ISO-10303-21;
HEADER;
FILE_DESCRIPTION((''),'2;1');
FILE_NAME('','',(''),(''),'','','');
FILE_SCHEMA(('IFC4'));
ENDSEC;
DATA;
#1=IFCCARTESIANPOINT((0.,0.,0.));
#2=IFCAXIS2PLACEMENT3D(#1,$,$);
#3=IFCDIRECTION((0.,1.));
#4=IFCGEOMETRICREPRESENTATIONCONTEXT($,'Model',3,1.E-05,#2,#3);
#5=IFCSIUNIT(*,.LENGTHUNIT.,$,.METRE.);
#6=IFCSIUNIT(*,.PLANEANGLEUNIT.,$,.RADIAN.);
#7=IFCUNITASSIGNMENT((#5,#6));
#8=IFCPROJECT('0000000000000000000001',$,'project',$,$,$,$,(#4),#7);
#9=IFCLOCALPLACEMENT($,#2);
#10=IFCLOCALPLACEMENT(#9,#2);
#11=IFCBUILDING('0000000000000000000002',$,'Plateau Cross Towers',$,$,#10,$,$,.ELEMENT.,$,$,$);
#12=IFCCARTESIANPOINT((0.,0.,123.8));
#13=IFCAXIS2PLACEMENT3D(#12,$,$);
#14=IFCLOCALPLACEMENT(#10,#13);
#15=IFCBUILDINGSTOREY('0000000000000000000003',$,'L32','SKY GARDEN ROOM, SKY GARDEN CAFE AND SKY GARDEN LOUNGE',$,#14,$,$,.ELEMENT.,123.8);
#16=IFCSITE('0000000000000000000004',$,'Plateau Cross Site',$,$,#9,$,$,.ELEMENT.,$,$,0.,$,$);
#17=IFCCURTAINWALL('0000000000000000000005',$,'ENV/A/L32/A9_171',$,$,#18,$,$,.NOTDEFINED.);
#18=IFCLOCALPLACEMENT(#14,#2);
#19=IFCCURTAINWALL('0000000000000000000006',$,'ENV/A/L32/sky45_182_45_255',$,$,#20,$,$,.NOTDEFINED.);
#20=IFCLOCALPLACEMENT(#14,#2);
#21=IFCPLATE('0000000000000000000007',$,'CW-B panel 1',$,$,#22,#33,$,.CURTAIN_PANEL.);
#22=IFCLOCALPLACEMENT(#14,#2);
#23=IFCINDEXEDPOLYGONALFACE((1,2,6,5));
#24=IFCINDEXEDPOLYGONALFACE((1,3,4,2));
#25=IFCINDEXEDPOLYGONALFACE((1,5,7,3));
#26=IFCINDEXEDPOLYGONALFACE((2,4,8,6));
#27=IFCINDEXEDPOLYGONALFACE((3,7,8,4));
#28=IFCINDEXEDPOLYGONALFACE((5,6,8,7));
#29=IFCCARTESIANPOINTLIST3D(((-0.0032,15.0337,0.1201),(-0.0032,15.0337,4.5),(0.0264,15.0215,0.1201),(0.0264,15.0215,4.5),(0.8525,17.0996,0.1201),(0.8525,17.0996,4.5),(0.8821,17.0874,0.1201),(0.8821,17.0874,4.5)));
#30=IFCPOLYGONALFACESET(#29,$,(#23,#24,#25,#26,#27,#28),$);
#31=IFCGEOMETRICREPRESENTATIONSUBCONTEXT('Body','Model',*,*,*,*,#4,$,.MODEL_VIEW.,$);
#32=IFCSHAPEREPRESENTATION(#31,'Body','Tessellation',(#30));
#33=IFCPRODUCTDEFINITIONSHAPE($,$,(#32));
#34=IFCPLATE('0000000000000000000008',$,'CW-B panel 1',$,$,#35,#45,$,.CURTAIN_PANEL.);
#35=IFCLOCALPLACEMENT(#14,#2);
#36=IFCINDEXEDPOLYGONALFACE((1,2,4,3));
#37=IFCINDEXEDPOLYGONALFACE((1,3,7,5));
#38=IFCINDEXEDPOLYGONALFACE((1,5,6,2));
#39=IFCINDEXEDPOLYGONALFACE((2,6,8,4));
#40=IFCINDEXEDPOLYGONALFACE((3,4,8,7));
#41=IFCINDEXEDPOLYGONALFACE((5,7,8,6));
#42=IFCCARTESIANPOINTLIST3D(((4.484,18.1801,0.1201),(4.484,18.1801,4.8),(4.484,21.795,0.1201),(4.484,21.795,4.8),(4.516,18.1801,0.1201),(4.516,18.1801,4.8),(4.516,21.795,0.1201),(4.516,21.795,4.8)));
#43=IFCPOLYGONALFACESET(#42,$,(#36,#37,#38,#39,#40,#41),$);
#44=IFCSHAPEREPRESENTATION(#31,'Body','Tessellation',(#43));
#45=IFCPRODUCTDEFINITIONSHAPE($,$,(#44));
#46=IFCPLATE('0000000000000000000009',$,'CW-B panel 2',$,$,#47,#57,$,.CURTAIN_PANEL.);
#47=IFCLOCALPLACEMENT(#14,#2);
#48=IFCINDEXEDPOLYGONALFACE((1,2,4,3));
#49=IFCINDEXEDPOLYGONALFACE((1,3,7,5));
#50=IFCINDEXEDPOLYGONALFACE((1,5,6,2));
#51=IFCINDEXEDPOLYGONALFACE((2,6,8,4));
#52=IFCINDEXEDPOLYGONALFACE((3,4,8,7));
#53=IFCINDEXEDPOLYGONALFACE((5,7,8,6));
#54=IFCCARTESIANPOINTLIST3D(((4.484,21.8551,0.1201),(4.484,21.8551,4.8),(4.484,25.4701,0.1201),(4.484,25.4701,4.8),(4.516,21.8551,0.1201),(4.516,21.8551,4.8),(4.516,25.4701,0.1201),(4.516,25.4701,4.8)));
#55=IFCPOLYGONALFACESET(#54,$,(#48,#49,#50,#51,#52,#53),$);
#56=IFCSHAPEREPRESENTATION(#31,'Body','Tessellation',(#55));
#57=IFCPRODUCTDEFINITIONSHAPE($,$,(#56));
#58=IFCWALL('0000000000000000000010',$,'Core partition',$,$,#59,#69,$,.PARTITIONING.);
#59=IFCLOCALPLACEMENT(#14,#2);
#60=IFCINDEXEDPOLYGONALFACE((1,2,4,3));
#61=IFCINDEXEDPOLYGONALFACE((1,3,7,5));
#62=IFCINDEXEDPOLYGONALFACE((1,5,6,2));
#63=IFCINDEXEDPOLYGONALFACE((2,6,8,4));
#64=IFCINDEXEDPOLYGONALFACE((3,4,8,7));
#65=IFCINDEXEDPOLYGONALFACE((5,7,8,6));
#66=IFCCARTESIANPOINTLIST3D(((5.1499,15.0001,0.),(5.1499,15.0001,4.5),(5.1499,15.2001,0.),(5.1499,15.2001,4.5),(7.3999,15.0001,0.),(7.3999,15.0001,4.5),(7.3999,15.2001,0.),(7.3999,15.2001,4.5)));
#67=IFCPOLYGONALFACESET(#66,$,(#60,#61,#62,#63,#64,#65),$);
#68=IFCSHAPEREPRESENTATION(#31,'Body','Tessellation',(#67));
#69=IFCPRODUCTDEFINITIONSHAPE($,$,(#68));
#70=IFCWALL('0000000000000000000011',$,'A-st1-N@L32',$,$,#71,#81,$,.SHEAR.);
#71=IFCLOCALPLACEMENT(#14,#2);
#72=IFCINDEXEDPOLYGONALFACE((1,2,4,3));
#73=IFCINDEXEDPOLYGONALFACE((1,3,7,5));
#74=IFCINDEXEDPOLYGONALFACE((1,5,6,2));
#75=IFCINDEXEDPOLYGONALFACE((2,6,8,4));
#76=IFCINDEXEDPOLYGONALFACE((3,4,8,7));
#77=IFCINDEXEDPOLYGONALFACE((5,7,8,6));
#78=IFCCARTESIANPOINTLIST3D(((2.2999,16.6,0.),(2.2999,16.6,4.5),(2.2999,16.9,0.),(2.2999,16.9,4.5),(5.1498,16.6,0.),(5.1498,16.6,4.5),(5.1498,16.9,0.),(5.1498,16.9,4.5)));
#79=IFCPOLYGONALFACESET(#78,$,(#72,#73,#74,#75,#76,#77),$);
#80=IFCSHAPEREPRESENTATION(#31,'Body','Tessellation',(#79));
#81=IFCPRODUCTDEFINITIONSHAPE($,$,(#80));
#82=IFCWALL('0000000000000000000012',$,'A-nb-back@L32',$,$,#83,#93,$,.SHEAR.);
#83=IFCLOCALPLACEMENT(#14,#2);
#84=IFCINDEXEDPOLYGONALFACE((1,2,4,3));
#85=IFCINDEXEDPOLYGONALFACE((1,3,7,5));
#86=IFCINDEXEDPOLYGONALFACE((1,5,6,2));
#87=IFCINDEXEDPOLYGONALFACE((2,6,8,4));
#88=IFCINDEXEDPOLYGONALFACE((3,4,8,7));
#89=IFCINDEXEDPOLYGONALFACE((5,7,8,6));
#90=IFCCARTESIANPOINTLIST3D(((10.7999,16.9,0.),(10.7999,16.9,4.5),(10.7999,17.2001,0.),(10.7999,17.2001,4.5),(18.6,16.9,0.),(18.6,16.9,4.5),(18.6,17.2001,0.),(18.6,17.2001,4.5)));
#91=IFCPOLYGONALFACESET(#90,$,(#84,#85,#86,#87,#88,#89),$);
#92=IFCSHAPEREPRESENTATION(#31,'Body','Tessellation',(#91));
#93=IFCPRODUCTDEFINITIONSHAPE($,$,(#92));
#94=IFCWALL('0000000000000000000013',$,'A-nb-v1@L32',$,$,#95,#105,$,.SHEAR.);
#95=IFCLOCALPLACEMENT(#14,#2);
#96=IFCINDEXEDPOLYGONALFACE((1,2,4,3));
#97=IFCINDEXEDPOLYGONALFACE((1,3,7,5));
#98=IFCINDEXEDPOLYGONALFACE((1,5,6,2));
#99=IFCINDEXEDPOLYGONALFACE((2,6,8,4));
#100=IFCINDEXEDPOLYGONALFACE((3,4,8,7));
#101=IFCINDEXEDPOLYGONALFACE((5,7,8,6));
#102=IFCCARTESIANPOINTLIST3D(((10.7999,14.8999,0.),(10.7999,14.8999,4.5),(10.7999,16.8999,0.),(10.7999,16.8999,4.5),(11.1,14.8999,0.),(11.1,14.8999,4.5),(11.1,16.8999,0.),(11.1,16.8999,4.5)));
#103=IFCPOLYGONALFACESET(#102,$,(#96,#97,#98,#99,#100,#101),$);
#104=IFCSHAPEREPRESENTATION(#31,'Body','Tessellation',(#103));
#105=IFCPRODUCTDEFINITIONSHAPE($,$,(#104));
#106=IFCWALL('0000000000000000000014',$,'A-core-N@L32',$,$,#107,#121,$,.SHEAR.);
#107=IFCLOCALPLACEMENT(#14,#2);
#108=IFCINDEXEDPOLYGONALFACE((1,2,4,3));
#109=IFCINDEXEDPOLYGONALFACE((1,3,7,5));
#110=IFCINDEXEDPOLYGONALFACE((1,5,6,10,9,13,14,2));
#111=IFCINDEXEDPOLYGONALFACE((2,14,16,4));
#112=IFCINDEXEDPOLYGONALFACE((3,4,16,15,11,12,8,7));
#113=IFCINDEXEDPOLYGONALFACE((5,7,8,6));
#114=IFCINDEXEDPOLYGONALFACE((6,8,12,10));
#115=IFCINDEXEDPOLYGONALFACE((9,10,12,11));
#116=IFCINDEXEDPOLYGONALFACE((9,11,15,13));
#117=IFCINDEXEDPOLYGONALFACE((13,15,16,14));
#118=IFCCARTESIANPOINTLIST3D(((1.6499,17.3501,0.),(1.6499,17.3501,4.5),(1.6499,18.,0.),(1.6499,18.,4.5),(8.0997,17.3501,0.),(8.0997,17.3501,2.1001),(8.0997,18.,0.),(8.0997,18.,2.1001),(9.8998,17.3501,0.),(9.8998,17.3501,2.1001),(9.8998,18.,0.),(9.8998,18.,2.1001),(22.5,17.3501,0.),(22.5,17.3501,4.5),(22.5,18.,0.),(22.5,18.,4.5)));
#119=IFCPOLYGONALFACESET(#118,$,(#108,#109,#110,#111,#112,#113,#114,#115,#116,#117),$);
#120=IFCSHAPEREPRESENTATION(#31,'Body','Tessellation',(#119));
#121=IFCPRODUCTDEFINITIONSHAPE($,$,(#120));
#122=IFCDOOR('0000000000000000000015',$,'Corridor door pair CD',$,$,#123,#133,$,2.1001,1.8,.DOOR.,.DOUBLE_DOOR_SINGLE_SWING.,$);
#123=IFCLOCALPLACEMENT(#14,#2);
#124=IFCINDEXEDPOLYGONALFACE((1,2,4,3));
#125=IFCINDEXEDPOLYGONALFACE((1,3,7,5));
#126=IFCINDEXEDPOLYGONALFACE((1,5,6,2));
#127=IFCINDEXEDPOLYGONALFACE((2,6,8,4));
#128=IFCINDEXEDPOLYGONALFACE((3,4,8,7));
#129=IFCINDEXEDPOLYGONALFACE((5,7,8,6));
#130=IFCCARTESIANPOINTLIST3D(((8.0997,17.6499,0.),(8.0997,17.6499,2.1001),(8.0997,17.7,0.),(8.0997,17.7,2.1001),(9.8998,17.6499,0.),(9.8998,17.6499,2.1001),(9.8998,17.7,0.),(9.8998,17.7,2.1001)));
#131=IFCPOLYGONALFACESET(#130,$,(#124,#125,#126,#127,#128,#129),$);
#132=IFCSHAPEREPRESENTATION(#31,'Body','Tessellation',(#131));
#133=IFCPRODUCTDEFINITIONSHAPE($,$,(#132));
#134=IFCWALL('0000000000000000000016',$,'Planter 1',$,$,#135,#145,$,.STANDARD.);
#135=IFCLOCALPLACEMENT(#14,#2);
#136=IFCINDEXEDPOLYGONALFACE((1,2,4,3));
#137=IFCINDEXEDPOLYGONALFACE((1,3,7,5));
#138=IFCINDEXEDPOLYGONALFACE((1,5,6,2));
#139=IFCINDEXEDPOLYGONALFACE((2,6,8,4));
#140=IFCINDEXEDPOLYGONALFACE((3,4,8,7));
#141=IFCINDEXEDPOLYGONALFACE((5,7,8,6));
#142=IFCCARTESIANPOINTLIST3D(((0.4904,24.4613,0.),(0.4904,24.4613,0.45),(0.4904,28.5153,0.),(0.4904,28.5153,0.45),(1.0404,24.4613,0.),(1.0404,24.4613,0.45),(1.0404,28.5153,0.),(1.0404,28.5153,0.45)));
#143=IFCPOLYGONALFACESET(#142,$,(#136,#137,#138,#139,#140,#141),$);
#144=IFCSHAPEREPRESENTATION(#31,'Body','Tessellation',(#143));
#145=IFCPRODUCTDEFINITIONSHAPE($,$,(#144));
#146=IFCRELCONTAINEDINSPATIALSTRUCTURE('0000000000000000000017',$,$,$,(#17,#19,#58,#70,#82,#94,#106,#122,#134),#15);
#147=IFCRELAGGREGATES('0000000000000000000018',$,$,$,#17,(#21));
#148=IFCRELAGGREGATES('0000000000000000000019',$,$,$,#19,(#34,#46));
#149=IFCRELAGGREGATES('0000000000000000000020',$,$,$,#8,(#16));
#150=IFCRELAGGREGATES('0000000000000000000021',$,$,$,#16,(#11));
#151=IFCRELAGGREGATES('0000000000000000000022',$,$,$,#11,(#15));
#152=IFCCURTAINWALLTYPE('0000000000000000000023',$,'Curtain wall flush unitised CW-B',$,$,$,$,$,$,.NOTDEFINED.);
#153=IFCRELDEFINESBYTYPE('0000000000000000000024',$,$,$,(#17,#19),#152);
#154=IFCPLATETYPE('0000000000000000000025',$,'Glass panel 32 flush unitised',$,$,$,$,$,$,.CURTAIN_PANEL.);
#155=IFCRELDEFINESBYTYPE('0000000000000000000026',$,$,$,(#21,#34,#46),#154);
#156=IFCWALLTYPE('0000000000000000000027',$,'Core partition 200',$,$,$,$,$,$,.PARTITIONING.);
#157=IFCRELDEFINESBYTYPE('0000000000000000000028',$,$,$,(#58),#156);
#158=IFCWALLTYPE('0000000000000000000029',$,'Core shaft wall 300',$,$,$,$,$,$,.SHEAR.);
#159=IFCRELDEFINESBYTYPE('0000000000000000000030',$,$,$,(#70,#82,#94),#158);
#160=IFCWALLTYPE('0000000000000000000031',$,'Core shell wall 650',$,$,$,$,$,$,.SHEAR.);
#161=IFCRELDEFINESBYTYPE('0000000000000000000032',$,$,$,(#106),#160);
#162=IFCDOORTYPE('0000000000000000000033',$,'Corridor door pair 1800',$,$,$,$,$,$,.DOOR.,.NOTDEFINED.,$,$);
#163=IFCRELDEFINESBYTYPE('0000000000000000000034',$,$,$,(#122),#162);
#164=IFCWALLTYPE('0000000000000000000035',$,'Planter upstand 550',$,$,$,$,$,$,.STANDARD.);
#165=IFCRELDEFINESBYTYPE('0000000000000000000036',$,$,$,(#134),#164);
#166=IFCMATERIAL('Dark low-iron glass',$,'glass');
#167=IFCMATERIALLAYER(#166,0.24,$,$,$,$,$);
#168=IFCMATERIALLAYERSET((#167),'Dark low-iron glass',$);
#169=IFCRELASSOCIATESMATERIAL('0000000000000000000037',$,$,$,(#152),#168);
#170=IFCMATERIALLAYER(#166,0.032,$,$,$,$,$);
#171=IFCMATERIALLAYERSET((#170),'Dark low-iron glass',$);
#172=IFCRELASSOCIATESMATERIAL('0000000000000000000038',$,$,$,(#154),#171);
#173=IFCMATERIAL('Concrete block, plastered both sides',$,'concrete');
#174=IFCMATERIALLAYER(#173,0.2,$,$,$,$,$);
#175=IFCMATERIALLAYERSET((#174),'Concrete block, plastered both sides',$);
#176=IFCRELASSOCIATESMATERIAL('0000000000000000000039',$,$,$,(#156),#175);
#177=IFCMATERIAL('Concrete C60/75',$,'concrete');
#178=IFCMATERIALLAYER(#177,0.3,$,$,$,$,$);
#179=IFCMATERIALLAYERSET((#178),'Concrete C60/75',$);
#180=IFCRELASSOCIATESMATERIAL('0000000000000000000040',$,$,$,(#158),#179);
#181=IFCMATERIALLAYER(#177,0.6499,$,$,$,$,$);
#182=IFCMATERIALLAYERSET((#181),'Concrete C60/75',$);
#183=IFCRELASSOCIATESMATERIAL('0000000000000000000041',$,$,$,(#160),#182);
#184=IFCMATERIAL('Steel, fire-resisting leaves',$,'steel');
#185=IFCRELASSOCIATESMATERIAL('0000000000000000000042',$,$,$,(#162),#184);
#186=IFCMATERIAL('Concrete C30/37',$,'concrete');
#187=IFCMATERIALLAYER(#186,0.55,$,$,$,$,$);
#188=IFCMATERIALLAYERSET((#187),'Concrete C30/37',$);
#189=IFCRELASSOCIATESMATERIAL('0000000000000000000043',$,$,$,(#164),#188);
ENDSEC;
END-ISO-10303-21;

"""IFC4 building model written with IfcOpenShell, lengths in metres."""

from ifc_helpers import new_model, si_unit, direction, frame, frame_2d, origin, origin_2d, place, context, subcontext, project, spatial, rectangle, extrude, material, layer, layer_set, type_object, element, fill, aggregate, save


model = new_model("IFC4")

# Units and contexts
model_context = context("Model", 3, precision=1e-05, world=origin(), true_north=direction((0.0, 1.0)))
body_context = subcontext(model_context, "Body", "Model", "MODEL_VIEW")
ifc_project = project(units=[si_unit("LENGTHUNIT", "METRE"), si_unit("PLANEANGLEUNIT", "RADIAN")], contexts=[model_context])

# Site, building, storey
site_placement = place(None, origin())
site = spatial("IfcSite", under=ifc_project, at=site_placement, Name="Plateau Cross Site", CompositionType="ELEMENT", RefElevation=0.0)
building_placement = place(site_placement, origin())
building = spatial("IfcBuilding", under=site, at=building_placement, Name="Plateau Cross Towers", CompositionType="ELEMENT")
storey_placement = place(building_placement, frame((0.0, 0.0, 123.8)))
storey = spatial("IfcBuildingStorey", under=building, at=storey_placement, Name="L32", Description="SKY GARDEN ROOM, SKY GARDEN CAFE AND SKY GARDEN LOUNGE", CompositionType="ELEMENT", Elevation=123.8)

# Shared definitions
ifc_material_1 = material(Name="Concrete C60/75", Category="concrete")

# Shared definitions
ifc_material_2 = material(Name="Dark low-iron glass", Category="glass")
ifc_layer_1 = layer(ifc_material_2, 0.24)
ifc_layer_set_1 = layer_set([ifc_layer_1], Name="Dark low-iron glass")
curtain_wall_type = type_object("IfcCurtainWallType", Name="Curtain wall flush unitised CW-B", PredefinedType="NOTDEFINED", material=ifc_layer_set_1)

# Curtain wall
curtain_wall_1_placement = place(storey_placement, origin())
curtain_wall_1 = element("IfcCurtainWall", 1, at=curtain_wall_1_placement, inside=storey, type_object=curtain_wall_type, Name="ENV/A/L32/A9_171", PredefinedType="NOTDEFINED")

# Curtain wall
curtain_wall_2_placement = place(storey_placement, origin())
curtain_wall_2 = element("IfcCurtainWall", 2, at=curtain_wall_2_placement, inside=storey, type_object=curtain_wall_type, Name="ENV/A/L32/sky45_182_45_255", PredefinedType="NOTDEFINED")

# Plates
ifc_layer_2 = layer(ifc_material_2, 0.032)
ifc_layer_set_2 = layer_set([ifc_layer_2], Name="Dark low-iron glass")
plate_type = type_object("IfcPlateType", Name="Glass panel 32 flush unitised", PredefinedType="CURTAIN_PANEL", material=ifc_layer_set_2)
plate_1_placement = place(storey_placement, frame((0.4395, 16.0605, 0.1201), z_axis=(0.0, 0.0, 1.0), x_axis=(-0.382684, -0.923879, 0.0)))
plate_1 = element("IfcPlate", 3, at=plate_1_placement, type_object=plate_type, Name="CW-B panel 1", PredefinedType="CURTAIN_PANEL", context=body_context, shape_type="SweptSolid", body=[
    extrude(rectangle(XDim=2.2361, YDim=0.032, at=origin_2d()), origin(), (0.0, 0.0, 1.0), 4.3799),
])
aggregate(curtain_wall_1, [plate_1])
plate_2_placement = place(storey_placement, frame((4.5, 19.9875, 0.1201), z_axis=(0.0, 0.0, 1.0), x_axis=(0.0, 1.0, 0.0)))
plate_2 = element("IfcPlate", 4, at=plate_2_placement, type_object=plate_type, Name="CW-B panel 1", PredefinedType="CURTAIN_PANEL", context=body_context, shape_type="SweptSolid", body=[
    extrude(rectangle(XDim=3.615, YDim=0.032, at=origin_2d()), origin(), (0.0, 0.0, 1.0), 4.6799),
])
plate_3_placement = place(storey_placement, frame((4.5, 23.6626, 0.1201), z_axis=(0.0, 0.0, 1.0), x_axis=(0.0, 1.0, 0.0)))
plate_3 = element("IfcPlate", 5, at=plate_3_placement, type_object=plate_type, Name="CW-B panel 2", PredefinedType="CURTAIN_PANEL", context=body_context, shape_type="SweptSolid", body=[
    extrude(rectangle(XDim=3.615, YDim=0.032, at=origin_2d()), origin(), (0.0, 0.0, 1.0), 4.6799),
])
aggregate(curtain_wall_2, [plate_2, plate_3])

# Walls
ifc_material_3 = material(Name="Concrete block, plastered both sides", Category="concrete")
ifc_layer_3 = layer(ifc_material_3, 0.2)
ifc_layer_set_3 = layer_set([ifc_layer_3], Name="Concrete block, plastered both sides")
wall_type_1 = type_object("IfcWallType", Name="Core partition 200", PredefinedType="PARTITIONING", material=ifc_layer_set_3)
wall_1_placement = place(storey_placement, frame((5.1499, 15.1001, 0.0), z_axis=(0.0, 0.0, 1.0), x_axis=(1.0, 0.0, 0.0)))
element("IfcWall", 6, at=wall_1_placement, inside=storey, type_object=wall_type_1, Name="Core partition", PredefinedType="PARTITIONING", context=body_context, shape_type="SweptSolid", body=[
    extrude(rectangle(XDim=2.25, YDim=0.2, at=frame_2d((1.125, 0.0))), origin(), (0.0, 0.0, 1.0), 4.5),
])
ifc_layer_4 = layer(ifc_material_1, 0.3)
ifc_layer_set_4 = layer_set([ifc_layer_4], Name="Concrete C60/75")
wall_type_2 = type_object("IfcWallType", Name="Core shaft wall 300", PredefinedType="SHEAR", material=ifc_layer_set_4)
wall_2_placement = place(storey_placement, frame((2.3, 16.75, 0.0), z_axis=(0.0, 0.0, 1.0), x_axis=(1.0, 0.0, 0.0)))
element("IfcWall", 7, at=wall_2_placement, inside=storey, type_object=wall_type_2, Name="A-st1-N@L32", PredefinedType="SHEAR", context=body_context, shape_type="SweptSolid", body=[
    extrude(rectangle(XDim=2.8499, YDim=0.3, at=frame_2d((1.4248, 0.0))), origin(), (0.0, 0.0, 1.0), 4.5),
])
wall_3_placement = place(storey_placement, frame((10.8, 17.05, 0.0), z_axis=(0.0, 0.0, 1.0), x_axis=(1.0, 0.0, 0.0)))
element("IfcWall", 8, at=wall_3_placement, inside=storey, type_object=wall_type_2, Name="A-nb-back@L32", PredefinedType="SHEAR", context=body_context, shape_type="SweptSolid", body=[
    extrude(rectangle(XDim=7.8, YDim=0.3, at=frame_2d((3.8999, 0.0))), origin(), (0.0, 0.0, 1.0), 4.5),
])
wall_4_placement = place(storey_placement, frame((10.95, 14.8999, 0.0), z_axis=(0.0, 0.0, 1.0), x_axis=(0.0, 1.0, 0.0)))
element("IfcWall", 9, at=wall_4_placement, inside=storey, type_object=wall_type_2, Name="A-nb-v1@L32", PredefinedType="SHEAR", context=body_context, shape_type="SweptSolid", body=[
    extrude(rectangle(XDim=2.0, YDim=0.3, at=frame_2d((1.0, 0.0))), origin(), (0.0, 0.0, 1.0), 4.5),
])

# Wall, opening, door
ifc_layer_5 = layer(ifc_material_1, 0.6499)
ifc_layer_set_5 = layer_set([ifc_layer_5], Name="Concrete C60/75")
wall_type_3 = type_object("IfcWallType", Name="Core shell wall 650", PredefinedType="SHEAR", material=ifc_layer_set_5)
wall_5_placement = place(storey_placement, frame((1.6499, 17.675, 0.0), z_axis=(0.0, 0.0, 1.0), x_axis=(1.0, 0.0, 0.0)))
wall_5 = element("IfcWall", 10, at=wall_5_placement, inside=storey, type_object=wall_type_3, Name="A-core-N@L32", PredefinedType="SHEAR", context=body_context, shape_type="SweptSolid", body=[
    extrude(rectangle(XDim=20.8501, YDim=0.6499, at=frame_2d((10.425, 0.0))), origin(), (0.0, 0.0, 1.0), 4.5),
])
opening_1_placement = place(wall_5_placement, frame((6.45, 0.0, 0.0)))
opening_1 = element("IfcOpeningElement", 11, at=opening_1_placement, cuts=wall_5, PredefinedType="OPENING", context=body_context, shape_type="SweptSolid", body=[
    extrude(rectangle(XDim=1.8, YDim=2.1001, at=frame_2d((0.8999, 1.05))), frame((0.0, 0.335, 0.0), z_axis=(0.0, -1.0, 0.0), x_axis=(1.0, 0.0, 0.0)), (0.0, 0.0, 1.0), 0.6699),
])
ifc_material_4 = material(Name="Steel, fire-resisting leaves", Category="steel")
door_type_1 = type_object("IfcDoorType", Name="Corridor door pair 1800", OperationType="NOTDEFINED", PredefinedType="DOOR", material=ifc_material_4)
door_1_placement = place(opening_1_placement, origin())
door_1 = element("IfcDoor", 12, at=door_1_placement, inside=storey, type_object=door_type_1, Name="Corridor door pair CD", OperationType="DOUBLE_DOOR_SINGLE_SWING", OverallHeight=2.1001, OverallWidth=1.8, PredefinedType="DOOR", context=body_context, shape_type="SweptSolid", body=[
    extrude(rectangle(XDim=1.8, YDim=2.1001, at=frame_2d((0.8999, 1.05))), frame((0.0, 0.0249, 0.0), z_axis=(0.0, -1.0, 0.0), x_axis=(1.0, 0.0, 0.0)), (0.0, 0.0, 1.0), 0.05),
])
fill(opening_1, door_1)

# Wall
ifc_material_5 = material(Name="Concrete C30/37", Category="concrete")
ifc_layer_6 = layer(ifc_material_5, 0.55)
ifc_layer_set_6 = layer_set([ifc_layer_6], Name="Concrete C30/37")
wall_type_4 = type_object("IfcWallType", Name="Planter upstand 550", PredefinedType="STANDARD", material=ifc_layer_set_6)
wall_6_placement = place(storey_placement, frame((0.7654, 24.4614, 0.0), z_axis=(0.0, 0.0, 1.0), x_axis=(0.0, 1.0, 0.0)))
element("IfcWall", 13, at=wall_6_placement, inside=storey, type_object=wall_type_4, Name="Planter 1", PredefinedType="STANDARD", context=body_context, shape_type="SweptSolid", body=[
    extrude(rectangle(XDim=4.054, YDim=0.55, at=frame_2d((2.0269, 0.0))), origin(), (0.0, 0.0, 1.0), 0.45),
])

save(model, "model.ifc")
